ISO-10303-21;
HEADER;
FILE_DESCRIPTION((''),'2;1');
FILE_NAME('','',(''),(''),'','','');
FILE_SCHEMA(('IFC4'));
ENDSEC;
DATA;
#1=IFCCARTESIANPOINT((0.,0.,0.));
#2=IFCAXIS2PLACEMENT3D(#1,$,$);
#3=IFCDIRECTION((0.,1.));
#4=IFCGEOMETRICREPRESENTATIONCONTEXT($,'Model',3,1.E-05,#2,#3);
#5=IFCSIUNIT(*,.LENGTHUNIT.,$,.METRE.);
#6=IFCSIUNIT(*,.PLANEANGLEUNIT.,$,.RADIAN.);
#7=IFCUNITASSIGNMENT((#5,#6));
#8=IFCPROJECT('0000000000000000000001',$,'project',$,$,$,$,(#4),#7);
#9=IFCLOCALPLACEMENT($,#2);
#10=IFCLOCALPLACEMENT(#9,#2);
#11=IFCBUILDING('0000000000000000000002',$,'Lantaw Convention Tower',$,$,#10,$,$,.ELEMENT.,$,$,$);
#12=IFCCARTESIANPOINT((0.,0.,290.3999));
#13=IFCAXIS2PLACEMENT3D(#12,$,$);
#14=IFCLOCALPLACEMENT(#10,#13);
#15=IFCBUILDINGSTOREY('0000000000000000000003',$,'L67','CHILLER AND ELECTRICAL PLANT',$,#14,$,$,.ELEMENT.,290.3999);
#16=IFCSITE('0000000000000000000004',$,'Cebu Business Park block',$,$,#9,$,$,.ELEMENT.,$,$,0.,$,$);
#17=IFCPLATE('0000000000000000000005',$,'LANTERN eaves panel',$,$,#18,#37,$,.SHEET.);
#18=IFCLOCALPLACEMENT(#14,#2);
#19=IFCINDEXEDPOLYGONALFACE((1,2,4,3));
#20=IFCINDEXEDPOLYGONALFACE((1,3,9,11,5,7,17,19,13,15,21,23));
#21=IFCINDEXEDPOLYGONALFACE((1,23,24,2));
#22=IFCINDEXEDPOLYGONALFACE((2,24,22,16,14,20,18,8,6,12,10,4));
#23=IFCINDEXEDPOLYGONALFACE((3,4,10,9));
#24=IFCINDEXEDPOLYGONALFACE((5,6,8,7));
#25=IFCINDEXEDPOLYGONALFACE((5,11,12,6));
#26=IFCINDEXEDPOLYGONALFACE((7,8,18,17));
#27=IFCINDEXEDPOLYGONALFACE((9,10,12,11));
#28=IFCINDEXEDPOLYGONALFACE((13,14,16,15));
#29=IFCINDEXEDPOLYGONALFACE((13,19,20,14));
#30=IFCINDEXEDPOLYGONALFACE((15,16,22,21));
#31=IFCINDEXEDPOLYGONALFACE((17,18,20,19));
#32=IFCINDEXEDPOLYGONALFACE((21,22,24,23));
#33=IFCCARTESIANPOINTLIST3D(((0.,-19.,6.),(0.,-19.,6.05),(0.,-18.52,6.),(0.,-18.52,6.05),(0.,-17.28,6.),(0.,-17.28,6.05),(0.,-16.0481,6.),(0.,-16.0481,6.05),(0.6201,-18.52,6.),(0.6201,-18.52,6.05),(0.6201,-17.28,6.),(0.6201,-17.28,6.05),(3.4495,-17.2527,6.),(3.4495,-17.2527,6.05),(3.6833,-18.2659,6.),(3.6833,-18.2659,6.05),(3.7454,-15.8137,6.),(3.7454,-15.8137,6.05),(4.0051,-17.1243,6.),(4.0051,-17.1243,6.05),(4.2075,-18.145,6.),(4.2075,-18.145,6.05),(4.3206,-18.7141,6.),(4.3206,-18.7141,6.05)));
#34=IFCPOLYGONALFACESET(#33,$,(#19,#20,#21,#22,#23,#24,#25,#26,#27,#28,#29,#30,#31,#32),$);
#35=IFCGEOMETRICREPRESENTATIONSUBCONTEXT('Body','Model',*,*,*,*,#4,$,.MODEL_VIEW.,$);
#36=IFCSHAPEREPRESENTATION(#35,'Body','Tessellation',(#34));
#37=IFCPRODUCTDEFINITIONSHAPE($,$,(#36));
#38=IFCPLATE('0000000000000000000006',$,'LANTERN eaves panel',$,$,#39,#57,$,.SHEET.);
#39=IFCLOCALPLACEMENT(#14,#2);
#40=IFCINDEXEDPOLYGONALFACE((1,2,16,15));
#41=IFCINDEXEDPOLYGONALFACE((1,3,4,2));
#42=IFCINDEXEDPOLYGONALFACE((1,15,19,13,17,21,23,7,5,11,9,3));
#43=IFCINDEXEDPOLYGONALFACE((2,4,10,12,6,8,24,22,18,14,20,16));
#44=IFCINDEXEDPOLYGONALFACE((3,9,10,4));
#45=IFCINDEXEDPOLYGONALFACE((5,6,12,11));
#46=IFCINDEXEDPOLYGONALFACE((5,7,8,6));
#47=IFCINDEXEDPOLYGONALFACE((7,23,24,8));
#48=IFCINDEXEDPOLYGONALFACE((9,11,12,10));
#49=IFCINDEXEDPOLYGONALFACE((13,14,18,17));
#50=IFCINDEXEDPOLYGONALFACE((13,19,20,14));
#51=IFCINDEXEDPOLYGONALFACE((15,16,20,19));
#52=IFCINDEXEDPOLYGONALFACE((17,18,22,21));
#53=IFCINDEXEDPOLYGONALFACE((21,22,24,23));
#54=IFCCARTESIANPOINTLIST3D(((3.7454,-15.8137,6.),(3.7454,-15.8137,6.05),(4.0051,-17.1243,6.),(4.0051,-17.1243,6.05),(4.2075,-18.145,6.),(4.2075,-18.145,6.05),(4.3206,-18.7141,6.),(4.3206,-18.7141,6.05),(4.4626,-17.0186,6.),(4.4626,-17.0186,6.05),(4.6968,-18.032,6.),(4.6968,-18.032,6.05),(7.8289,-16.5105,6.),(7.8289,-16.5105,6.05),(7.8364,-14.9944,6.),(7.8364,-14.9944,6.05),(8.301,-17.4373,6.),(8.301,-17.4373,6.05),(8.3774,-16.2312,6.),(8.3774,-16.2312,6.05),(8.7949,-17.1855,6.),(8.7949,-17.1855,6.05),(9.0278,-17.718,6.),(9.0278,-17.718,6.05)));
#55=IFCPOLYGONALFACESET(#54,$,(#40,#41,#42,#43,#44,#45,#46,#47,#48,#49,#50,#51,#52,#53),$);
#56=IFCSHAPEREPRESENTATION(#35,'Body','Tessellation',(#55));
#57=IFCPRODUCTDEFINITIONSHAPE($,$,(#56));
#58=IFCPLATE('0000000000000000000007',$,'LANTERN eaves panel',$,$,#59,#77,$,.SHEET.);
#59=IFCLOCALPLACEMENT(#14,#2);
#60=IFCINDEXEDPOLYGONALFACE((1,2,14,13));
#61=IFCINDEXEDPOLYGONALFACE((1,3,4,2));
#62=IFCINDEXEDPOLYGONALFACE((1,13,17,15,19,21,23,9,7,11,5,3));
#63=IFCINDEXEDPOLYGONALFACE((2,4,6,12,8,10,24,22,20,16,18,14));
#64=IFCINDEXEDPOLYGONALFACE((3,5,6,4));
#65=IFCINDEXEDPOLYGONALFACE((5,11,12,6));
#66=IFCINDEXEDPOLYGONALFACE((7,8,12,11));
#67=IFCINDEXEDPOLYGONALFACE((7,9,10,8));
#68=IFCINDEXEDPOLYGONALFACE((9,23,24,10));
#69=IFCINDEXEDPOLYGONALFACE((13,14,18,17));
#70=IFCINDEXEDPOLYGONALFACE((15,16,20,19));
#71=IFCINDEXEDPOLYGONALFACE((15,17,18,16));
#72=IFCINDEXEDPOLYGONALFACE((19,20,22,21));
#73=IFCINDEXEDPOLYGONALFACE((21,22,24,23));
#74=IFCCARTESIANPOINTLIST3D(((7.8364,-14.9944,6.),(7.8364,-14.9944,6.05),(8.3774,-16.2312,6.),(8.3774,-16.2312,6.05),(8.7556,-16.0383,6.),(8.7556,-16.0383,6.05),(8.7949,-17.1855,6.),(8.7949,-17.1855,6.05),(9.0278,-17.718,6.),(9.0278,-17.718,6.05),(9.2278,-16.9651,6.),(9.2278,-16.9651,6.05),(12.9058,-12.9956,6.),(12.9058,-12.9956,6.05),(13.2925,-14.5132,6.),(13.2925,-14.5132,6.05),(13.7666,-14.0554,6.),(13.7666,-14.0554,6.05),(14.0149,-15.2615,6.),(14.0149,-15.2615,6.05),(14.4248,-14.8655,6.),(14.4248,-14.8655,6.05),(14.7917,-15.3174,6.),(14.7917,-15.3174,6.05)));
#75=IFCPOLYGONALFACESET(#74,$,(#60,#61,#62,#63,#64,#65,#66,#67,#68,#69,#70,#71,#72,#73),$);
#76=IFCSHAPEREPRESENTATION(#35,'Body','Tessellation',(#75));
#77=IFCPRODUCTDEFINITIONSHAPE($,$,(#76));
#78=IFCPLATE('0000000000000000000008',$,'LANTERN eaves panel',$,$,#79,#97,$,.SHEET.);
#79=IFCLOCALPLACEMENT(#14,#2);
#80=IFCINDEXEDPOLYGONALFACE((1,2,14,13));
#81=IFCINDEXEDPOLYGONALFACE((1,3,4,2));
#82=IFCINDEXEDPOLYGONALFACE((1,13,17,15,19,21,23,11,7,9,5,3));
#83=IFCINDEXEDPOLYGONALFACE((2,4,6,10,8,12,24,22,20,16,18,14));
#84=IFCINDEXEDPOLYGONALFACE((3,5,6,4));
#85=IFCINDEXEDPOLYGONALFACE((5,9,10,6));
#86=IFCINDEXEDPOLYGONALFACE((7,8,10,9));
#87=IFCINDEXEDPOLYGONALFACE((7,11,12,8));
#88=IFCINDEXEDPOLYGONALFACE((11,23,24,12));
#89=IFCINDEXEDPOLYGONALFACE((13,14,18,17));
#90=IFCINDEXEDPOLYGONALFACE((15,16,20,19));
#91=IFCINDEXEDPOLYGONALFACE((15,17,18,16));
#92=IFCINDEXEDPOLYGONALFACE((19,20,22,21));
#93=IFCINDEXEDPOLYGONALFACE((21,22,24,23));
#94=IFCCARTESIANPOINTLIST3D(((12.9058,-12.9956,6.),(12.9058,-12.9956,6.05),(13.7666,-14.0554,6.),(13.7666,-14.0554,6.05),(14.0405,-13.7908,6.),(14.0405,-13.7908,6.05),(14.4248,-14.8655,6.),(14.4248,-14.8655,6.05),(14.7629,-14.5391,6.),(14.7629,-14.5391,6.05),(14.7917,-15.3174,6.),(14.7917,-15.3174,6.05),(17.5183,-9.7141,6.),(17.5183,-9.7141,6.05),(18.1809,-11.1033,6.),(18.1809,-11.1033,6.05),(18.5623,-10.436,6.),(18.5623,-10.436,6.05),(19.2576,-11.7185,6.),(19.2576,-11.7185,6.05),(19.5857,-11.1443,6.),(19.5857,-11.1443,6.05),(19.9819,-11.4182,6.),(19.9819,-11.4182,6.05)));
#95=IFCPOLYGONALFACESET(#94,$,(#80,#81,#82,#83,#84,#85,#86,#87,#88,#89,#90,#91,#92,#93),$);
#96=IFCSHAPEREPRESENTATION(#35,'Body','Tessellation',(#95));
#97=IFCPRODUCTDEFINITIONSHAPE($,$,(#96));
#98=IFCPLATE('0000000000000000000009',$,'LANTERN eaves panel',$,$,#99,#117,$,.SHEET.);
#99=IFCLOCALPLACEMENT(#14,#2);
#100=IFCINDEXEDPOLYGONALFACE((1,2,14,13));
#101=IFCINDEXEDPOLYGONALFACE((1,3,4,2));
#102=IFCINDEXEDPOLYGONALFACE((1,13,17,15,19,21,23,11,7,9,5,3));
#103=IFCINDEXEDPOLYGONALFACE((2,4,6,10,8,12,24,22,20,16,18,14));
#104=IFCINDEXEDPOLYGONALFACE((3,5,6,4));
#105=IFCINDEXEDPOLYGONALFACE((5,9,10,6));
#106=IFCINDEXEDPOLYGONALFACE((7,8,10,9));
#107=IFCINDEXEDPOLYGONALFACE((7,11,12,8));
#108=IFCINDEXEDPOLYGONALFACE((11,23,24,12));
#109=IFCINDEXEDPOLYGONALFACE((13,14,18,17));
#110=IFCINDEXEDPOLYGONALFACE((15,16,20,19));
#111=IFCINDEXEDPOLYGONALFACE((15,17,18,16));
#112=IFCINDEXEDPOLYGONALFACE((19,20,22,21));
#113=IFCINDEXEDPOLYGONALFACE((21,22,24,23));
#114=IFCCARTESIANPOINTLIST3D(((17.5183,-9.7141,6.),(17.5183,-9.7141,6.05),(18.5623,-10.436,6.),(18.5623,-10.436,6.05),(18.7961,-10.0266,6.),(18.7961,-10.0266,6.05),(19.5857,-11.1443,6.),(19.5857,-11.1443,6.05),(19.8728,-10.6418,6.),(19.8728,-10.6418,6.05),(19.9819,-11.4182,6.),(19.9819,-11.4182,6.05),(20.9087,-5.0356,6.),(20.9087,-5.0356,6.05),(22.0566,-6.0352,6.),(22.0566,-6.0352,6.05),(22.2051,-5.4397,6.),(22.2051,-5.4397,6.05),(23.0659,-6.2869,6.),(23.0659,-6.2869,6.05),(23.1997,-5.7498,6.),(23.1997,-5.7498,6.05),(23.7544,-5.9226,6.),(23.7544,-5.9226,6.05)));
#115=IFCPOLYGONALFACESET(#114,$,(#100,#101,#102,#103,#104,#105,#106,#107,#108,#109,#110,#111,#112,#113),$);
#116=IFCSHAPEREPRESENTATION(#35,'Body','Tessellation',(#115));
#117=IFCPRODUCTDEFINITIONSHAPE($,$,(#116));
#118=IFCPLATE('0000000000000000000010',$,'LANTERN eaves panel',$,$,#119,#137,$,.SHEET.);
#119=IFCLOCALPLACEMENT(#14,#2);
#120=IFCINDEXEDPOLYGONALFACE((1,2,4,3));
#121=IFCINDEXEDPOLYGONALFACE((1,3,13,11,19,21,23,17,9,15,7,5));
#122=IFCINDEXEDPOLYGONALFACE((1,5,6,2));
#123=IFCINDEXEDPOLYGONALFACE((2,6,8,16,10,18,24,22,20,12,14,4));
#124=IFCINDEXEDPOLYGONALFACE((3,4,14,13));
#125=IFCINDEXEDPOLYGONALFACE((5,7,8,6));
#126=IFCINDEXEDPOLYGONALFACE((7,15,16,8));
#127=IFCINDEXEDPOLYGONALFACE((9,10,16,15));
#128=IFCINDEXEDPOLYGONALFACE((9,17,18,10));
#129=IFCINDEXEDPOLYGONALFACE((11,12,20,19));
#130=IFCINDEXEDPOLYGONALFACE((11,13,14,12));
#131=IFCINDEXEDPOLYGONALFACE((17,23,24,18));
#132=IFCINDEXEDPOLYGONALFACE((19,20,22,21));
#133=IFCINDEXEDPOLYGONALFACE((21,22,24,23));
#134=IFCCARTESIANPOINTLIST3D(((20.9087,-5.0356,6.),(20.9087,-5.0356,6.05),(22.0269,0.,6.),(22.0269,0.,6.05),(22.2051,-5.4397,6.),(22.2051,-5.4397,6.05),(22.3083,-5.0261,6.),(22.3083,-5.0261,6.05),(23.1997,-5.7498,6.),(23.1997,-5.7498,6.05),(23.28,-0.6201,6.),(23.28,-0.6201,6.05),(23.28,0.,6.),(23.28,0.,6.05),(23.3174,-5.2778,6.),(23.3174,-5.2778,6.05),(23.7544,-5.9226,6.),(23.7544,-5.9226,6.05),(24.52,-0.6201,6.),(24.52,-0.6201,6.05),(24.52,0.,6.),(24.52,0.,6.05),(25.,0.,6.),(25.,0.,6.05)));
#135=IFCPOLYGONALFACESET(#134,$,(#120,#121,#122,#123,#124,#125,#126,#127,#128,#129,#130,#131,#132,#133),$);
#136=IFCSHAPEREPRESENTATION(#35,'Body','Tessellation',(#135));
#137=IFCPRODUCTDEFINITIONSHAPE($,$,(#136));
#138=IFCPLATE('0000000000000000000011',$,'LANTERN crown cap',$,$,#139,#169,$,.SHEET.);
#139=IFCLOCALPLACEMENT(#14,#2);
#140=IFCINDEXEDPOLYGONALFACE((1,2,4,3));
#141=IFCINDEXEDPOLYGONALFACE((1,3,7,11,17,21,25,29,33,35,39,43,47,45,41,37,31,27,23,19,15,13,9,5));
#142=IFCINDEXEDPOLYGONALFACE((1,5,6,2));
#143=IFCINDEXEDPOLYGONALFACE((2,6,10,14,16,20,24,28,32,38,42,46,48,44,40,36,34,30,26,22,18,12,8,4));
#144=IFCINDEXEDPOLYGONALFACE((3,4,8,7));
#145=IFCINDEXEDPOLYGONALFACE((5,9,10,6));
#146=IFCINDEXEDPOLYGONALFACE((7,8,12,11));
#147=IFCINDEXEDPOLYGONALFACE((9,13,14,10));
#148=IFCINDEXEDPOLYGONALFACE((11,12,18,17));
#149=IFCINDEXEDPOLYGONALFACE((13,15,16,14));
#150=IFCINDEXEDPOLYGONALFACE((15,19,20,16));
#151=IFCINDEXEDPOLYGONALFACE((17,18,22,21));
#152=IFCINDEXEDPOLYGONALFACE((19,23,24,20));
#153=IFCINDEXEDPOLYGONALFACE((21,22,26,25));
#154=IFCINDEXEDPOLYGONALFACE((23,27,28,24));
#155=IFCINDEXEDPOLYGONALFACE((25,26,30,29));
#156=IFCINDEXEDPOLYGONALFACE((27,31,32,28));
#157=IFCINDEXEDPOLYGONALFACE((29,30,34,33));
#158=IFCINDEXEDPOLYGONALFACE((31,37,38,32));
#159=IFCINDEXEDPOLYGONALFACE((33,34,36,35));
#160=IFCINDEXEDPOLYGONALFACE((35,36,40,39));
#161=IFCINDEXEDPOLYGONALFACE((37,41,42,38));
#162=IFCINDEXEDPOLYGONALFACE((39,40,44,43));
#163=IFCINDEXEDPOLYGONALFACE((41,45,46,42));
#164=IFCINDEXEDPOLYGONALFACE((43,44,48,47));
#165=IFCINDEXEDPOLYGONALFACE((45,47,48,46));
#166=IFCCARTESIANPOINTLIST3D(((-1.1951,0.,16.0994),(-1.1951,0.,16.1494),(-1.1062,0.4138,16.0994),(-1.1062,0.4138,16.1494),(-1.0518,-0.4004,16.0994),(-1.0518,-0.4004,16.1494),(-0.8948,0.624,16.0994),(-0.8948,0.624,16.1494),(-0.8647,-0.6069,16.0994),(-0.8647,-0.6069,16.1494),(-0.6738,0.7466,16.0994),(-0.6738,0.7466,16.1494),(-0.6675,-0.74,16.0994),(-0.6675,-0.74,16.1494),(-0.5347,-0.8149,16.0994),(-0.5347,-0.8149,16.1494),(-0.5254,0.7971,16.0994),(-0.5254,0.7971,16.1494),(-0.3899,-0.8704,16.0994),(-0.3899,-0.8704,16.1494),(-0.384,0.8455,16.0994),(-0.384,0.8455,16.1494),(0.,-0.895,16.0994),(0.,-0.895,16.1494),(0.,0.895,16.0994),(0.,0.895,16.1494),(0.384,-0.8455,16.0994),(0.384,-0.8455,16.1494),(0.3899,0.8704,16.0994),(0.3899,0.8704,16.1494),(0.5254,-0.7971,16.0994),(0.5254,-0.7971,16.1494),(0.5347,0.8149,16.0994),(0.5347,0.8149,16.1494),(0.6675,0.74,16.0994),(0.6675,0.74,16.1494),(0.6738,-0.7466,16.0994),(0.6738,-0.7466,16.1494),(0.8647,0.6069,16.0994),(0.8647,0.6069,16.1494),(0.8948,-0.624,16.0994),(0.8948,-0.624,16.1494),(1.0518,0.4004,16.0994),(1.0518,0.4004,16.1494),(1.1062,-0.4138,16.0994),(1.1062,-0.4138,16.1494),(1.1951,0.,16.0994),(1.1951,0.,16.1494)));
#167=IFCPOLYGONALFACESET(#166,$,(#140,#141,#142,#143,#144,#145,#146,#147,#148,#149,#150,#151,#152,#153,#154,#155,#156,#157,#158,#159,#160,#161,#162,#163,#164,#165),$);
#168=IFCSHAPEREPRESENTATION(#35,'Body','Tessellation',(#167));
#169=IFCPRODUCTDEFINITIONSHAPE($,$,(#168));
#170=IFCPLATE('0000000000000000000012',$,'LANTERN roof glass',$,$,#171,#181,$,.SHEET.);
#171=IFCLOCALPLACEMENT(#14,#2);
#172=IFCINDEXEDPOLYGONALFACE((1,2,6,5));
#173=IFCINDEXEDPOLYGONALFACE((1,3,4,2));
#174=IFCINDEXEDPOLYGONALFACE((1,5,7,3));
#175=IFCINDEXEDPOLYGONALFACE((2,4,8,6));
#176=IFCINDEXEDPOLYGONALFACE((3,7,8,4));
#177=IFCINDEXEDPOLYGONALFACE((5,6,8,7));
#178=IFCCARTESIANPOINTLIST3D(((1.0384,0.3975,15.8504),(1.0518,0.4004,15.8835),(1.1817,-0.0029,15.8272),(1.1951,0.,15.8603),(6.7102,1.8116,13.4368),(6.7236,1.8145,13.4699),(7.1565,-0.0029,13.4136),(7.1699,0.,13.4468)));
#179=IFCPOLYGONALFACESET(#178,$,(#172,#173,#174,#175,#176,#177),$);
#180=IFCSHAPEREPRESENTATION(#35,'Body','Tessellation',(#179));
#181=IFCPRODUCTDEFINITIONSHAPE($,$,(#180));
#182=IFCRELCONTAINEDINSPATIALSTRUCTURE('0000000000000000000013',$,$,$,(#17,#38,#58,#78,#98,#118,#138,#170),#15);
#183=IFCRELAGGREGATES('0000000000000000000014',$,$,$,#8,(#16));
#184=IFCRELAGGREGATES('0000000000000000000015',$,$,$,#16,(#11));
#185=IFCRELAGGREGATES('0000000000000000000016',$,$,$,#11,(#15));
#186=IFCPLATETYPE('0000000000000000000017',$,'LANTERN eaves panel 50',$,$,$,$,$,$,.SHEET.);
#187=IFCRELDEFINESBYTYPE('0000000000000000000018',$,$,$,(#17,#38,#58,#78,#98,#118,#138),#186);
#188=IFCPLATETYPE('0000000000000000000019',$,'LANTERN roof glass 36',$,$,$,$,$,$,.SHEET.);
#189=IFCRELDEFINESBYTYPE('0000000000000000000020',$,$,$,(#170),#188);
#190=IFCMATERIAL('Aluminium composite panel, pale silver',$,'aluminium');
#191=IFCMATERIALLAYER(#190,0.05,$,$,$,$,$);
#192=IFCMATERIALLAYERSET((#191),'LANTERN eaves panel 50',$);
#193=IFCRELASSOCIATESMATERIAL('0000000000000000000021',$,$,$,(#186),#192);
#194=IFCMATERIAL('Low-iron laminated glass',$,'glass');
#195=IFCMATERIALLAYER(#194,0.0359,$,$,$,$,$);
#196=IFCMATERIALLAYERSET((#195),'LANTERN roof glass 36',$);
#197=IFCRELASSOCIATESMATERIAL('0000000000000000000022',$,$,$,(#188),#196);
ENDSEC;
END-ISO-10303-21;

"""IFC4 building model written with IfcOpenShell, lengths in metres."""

from ifc_helpers import new_model, si_unit, direction, frame, origin, place, context, subcontext, project, spatial, polyline, outline, extrude, material, layer, layer_set, type_object, element, save


model = new_model("IFC4")

# Units and contexts
model_context = context("Model", 3, precision=1e-05, world=origin(), true_north=direction((0.0, 1.0)))
body_context = subcontext(model_context, "Body", "Model", "MODEL_VIEW")
ifc_project = project(units=[si_unit("LENGTHUNIT", "METRE"), si_unit("PLANEANGLEUNIT", "RADIAN")], contexts=[model_context])

# Site, building, storey
site_placement = place(None, origin())
site = spatial("IfcSite", under=ifc_project, at=site_placement, Name="Cebu Business Park block", CompositionType="ELEMENT", RefElevation=0.0)
building_placement = place(site_placement, origin())
building = spatial("IfcBuilding", under=site, at=building_placement, Name="Lantaw Convention Tower", CompositionType="ELEMENT")
storey_placement = place(building_placement, frame((0.0, 0.0, 290.3999)))
storey = spatial("IfcBuildingStorey", under=building, at=storey_placement, Name="L67", Description="CHILLER AND ELECTRICAL PLANT", CompositionType="ELEMENT", Elevation=290.3999)

# Shared definitions
ifc_material_1 = material(Name="Low-iron laminated glass", Category="glass")

# Plates
ifc_material_2 = material(Name="Aluminium composite panel, pale silver", Category="aluminium")
ifc_layer_1 = layer(ifc_material_2, 0.05)
ifc_layer_set_1 = layer_set([ifc_layer_1], Name="LANTERN eaves panel 50")
plate_type_1 = type_object("IfcPlateType", Name="LANTERN eaves panel 50", PredefinedType="SHEET", material=ifc_layer_set_1)
plate_1_placement = place(storey_placement, frame((0.0, 0.0, 6.0)))
element("IfcPlate", 1, at=plate_1_placement, inside=storey, type_object=plate_type_1, Name="LANTERN eaves panel", PredefinedType="SHEET", context=body_context, shape_type="SweptSolid", body=[
    extrude(outline(polyline([(0.0, -16.0481), (0.0, -17.28), (0.6201, -17.28), (0.6201, -18.52), (0.0, -18.52), (0.0, -19.0), (4.3206, -18.7141), (4.2075, -18.145), (3.6833, -18.2659), (3.4495, -17.2527), (4.0051, -17.1243), (3.7454, -15.8137), (0.0, -16.0481)])), origin(), (0.0, 0.0, 1.0), 0.05),
])
plate_2_placement = place(storey_placement, frame((0.0, 0.0, 6.0)))
element("IfcPlate", 2, at=plate_2_placement, inside=storey, type_object=plate_type_1, Name="LANTERN eaves panel", PredefinedType="SHEET", context=body_context, shape_type="SweptSolid", body=[
    extrude(outline(polyline([(3.7454, -15.8137), (4.0051, -17.1243), (4.4626, -17.0186), (4.6968, -18.032), (4.2075, -18.145), (4.3206, -18.7141), (9.0278, -17.718), (8.7949, -17.1855), (8.301, -17.4373), (7.8289, -16.5105), (8.3774, -16.2312), (7.8364, -14.9944), (3.7454, -15.8137)])), origin(), (0.0, 0.0, 1.0), 0.05),
])
plate_3_placement = place(storey_placement, frame((0.0, 0.0, 6.0)))
element("IfcPlate", 3, at=plate_3_placement, inside=storey, type_object=plate_type_1, Name="LANTERN eaves panel", PredefinedType="SHEET", context=body_context, shape_type="SweptSolid", body=[
    extrude(outline(polyline([(7.8364, -14.9944), (8.3774, -16.2312), (8.7556, -16.0383), (9.2278, -16.9651), (8.7949, -17.1855), (9.0278, -17.718), (14.7917, -15.3174), (14.4248, -14.8655), (14.0149, -15.2615), (13.2925, -14.5132), (13.7666, -14.0554), (12.9058, -12.9956), (7.8364, -14.9944)])), origin(), (0.0, 0.0, 1.0), 0.05),
])
plate_4_placement = place(storey_placement, frame((0.0, 0.0, 6.0)))
element("IfcPlate", 4, at=plate_4_placement, inside=storey, type_object=plate_type_1, Name="LANTERN eaves panel", PredefinedType="SHEET", context=body_context, shape_type="SweptSolid", body=[
    extrude(outline(polyline([(12.9058, -12.9956), (13.7666, -14.0554), (14.0405, -13.7908), (14.7629, -14.5391), (14.4248, -14.8655), (14.7917, -15.3174), (19.9819, -11.4182), (19.5857, -11.1443), (19.2576, -11.7185), (18.1809, -11.1033), (18.5623, -10.436), (17.5183, -9.7141), (12.9058, -12.9956)])), origin(), (0.0, 0.0, 1.0), 0.05),
])
plate_5_placement = place(storey_placement, frame((0.0, 0.0, 6.0)))
element("IfcPlate", 5, at=plate_5_placement, inside=storey, type_object=plate_type_1, Name="LANTERN eaves panel", PredefinedType="SHEET", context=body_context, shape_type="SweptSolid", body=[
    extrude(outline(polyline([(17.5183, -9.7141), (18.5623, -10.436), (18.7961, -10.0266), (19.8728, -10.6418), (19.5857, -11.1443), (19.9819, -11.4182), (23.7544, -5.9226), (23.1997, -5.7498), (23.0659, -6.2869), (22.0566, -6.0352), (22.2051, -5.4397), (20.9087, -5.0356), (17.5183, -9.7141)])), origin(), (0.0, 0.0, 1.0), 0.05),
])
plate_6_placement = place(storey_placement, frame((0.0, 0.0, 6.0)))
element("IfcPlate", 6, at=plate_6_placement, inside=storey, type_object=plate_type_1, Name="LANTERN eaves panel", PredefinedType="SHEET", context=body_context, shape_type="SweptSolid", body=[
    extrude(outline(polyline([(20.9087, -5.0356), (22.2051, -5.4397), (22.3083, -5.0261), (23.3174, -5.2778), (23.1997, -5.7498), (23.7544, -5.9226), (25.0, 0.0), (24.52, 0.0), (24.52, -0.6201), (23.28, -0.6201), (23.28, 0.0), (22.0269, 0.0), (20.9087, -5.0356)])), origin(), (0.0, 0.0, 1.0), 0.05),
])
plate_7_placement = place(storey_placement, frame((0.0, 0.0, 16.0994)))
element("IfcPlate", 7, at=plate_7_placement, inside=storey, type_object=plate_type_1, Name="LANTERN crown cap", PredefinedType="SHEET", context=body_context, shape_type="SweptSolid", body=[
    extrude(outline(polyline([(1.1951, 0.0), (1.0518, 0.4004), (0.8647, 0.6069), (0.6675, 0.74), (0.5347, 0.8149), (0.3899, 0.8704), (0.0, 0.895), (-0.384, 0.8455), (-0.5254, 0.7971), (-0.6738, 0.7466), (-0.8948, 0.624), (-1.1062, 0.4138), (-1.1951, 0.0), (-1.0518, -0.4004), (-0.8647, -0.6069), (-0.6675, -0.74), (-0.5347, -0.8149), (-0.3899, -0.8704), (0.0, -0.895), (0.384, -0.8455), (0.5254, -0.7971), (0.6738, -0.7466), (0.8948, -0.624), (1.1062, -0.4138), (1.1951, 0.0)])), origin(), (0.0, 0.0, 1.0), 0.05),
])
ifc_layer_2 = layer(ifc_material_1, 0.0359)
ifc_layer_set_2 = layer_set([ifc_layer_2], Name="LANTERN roof glass 36")
plate_type_2 = type_object("IfcPlateType", Name="LANTERN roof glass 36", PredefinedType="SHEET", material=ifc_layer_set_2)
plate_8_placement = place(storey_placement, frame((7.1699, 0.0, 13.4468), z_axis=(0.373345, 0.080029, 0.924234), x_axis=(-0.238831, 0.970982, 0.012399)))
element("IfcPlate", 8, at=plate_8_placement, inside=storey, type_object=plate_type_2, Name="LANTERN roof glass", PredefinedType="SHEET", context=body_context, shape_type="SweptSolid", body=[
    extrude(outline(polyline([(0.0, 0.0), (1.8687, 0.0), (1.8802, 6.3242), (1.4569, 6.2771), (0.0, 0.0)])), origin(), (0.0, 0.0, -1.0), 0.0359),
])

save(model, "model.ifc")
